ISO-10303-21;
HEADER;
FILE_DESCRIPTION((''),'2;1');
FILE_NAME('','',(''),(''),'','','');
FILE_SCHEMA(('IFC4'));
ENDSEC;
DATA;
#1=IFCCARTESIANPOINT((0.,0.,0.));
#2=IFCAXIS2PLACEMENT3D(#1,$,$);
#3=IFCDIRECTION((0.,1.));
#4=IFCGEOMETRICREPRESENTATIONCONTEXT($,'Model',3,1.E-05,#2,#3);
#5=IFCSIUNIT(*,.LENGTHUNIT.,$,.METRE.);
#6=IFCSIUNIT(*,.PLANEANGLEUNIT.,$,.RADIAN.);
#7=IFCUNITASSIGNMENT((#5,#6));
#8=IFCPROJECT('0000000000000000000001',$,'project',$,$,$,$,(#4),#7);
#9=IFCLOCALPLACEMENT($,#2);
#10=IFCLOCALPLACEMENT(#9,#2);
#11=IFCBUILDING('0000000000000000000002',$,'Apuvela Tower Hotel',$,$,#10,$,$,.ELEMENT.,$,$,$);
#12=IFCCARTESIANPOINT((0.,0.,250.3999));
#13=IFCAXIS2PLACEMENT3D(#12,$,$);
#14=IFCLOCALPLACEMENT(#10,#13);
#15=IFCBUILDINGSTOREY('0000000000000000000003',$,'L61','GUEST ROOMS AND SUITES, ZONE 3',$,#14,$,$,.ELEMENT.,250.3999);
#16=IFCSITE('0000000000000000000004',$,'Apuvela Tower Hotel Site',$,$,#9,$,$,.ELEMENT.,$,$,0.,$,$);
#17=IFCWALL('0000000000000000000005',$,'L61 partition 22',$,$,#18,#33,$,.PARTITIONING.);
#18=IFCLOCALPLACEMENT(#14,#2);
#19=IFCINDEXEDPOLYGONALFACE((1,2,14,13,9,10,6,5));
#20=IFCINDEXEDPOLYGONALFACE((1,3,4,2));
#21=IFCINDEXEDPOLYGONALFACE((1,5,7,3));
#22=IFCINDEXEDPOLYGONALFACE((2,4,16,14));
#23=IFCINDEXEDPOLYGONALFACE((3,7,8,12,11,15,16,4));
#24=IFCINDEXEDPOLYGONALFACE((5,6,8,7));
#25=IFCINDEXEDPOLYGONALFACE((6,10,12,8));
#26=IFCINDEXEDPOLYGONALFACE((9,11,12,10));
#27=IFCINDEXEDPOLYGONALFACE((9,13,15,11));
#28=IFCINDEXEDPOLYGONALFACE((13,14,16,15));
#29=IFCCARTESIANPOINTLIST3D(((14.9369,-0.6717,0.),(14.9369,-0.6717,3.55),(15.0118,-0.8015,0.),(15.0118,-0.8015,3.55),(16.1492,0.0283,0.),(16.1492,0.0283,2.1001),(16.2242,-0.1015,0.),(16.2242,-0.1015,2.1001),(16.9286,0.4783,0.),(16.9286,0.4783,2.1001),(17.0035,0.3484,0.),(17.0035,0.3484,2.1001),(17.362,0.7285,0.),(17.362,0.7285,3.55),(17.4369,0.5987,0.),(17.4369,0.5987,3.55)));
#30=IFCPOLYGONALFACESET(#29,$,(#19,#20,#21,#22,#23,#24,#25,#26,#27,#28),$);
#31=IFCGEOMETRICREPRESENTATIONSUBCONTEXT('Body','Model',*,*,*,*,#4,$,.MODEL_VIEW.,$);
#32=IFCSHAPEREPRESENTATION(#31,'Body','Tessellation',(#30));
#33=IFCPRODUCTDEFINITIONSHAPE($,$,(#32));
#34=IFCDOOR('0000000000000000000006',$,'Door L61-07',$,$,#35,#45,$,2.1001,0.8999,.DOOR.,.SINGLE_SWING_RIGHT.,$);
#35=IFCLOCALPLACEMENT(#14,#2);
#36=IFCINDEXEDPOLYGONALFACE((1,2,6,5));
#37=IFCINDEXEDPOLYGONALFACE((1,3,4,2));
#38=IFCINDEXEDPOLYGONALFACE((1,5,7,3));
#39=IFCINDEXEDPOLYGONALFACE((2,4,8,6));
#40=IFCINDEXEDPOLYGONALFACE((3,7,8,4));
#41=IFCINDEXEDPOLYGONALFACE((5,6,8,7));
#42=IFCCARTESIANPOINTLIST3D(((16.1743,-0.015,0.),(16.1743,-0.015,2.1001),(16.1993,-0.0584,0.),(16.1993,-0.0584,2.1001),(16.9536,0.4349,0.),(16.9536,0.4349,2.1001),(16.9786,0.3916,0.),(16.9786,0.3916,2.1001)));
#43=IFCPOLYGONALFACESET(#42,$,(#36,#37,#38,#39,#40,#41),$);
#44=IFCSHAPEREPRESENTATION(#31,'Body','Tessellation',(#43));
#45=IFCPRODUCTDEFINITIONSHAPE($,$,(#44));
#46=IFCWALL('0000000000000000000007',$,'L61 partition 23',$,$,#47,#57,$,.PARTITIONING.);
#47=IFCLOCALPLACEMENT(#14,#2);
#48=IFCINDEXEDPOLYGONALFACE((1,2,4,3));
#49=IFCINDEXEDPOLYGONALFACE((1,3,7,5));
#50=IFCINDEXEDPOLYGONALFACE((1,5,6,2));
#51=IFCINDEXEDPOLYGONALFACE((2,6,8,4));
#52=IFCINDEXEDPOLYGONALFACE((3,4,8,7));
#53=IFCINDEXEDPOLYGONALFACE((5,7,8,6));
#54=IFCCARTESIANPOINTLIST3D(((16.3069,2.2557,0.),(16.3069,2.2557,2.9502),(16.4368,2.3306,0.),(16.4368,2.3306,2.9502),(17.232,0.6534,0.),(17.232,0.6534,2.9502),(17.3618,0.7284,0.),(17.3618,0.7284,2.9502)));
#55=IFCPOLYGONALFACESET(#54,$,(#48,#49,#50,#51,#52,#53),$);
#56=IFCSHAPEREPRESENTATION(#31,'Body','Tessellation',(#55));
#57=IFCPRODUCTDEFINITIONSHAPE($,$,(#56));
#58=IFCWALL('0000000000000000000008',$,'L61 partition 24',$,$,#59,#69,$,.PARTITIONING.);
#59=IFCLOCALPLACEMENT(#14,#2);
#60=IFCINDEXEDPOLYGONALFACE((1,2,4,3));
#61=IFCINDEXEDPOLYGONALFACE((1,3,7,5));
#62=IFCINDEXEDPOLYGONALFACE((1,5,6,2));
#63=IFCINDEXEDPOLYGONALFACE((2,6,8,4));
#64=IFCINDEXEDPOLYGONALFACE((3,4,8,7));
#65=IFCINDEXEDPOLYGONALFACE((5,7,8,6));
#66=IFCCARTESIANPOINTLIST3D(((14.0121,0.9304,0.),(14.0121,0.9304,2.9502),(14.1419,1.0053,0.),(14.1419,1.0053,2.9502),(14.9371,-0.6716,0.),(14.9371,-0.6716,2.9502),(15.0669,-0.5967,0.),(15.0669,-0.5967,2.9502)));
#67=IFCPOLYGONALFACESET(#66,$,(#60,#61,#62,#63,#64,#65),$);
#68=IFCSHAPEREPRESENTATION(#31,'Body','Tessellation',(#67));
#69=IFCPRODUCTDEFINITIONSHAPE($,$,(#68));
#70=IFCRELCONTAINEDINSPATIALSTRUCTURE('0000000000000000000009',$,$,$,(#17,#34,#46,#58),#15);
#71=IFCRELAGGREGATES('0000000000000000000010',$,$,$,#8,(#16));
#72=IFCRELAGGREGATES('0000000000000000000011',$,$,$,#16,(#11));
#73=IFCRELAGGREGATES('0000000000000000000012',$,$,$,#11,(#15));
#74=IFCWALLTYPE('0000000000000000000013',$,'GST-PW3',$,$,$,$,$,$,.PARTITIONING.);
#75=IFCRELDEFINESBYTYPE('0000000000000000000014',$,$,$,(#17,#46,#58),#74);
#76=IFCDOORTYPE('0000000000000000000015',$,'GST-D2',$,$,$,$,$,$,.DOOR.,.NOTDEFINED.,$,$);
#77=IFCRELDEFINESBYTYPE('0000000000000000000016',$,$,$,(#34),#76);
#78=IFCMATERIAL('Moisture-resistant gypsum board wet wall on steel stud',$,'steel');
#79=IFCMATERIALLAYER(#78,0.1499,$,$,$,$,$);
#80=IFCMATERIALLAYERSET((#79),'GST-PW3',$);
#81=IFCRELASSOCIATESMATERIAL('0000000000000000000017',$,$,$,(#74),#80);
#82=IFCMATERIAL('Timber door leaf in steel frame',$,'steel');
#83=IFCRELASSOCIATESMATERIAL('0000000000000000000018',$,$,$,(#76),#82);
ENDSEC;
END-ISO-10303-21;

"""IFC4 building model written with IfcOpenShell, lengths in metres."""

from ifc_helpers import new_model, si_unit, direction, frame, frame_2d, origin, place, context, subcontext, project, spatial, rectangle, extrude, material, layer, layer_set, type_object, element, fill, save


model = new_model("IFC4")

# Units and contexts
model_context = context("Model", 3, precision=1e-05, world=origin(), true_north=direction((0.0, 1.0)))
body_context = subcontext(model_context, "Body", "Model", "MODEL_VIEW")
ifc_project = project(units=[si_unit("LENGTHUNIT", "METRE"), si_unit("PLANEANGLEUNIT", "RADIAN")], contexts=[model_context])

# Site, building, storey
site_placement = place(None, origin())
site = spatial("IfcSite", under=ifc_project, at=site_placement, Name="Apuvela Tower Hotel Site", CompositionType="ELEMENT", RefElevation=0.0)
building_placement = place(site_placement, origin())
building = spatial("IfcBuilding", under=site, at=building_placement, Name="Apuvela Tower Hotel", CompositionType="ELEMENT")
storey_placement = place(building_placement, frame((0.0, 0.0, 250.3999)))
storey = spatial("IfcBuildingStorey", under=building, at=storey_placement, Name="L61", Description="GUEST ROOMS AND SUITES, ZONE 3", CompositionType="ELEMENT", Elevation=250.3999)

# Wall, opening, door
ifc_material_1 = material(Name="Moisture-resistant gypsum board wet wall on steel stud", Category="steel")
ifc_layer_1 = layer(ifc_material_1, 0.1499)
ifc_layer_set_1 = layer_set([ifc_layer_1], Name="GST-PW3")
wall_type_1 = type_object("IfcWallType", Name="GST-PW3", PredefinedType="PARTITIONING", material=ifc_layer_set_1)
wall_1_placement = place(storey_placement, frame((14.9744, -0.7366, 0.0), z_axis=(0.0, 0.0, 1.0), x_axis=(0.866019, 0.500012, 0.0)))
wall_1 = element("IfcWall", 1, at=wall_1_placement, inside=storey, type_object=wall_type_1, Name="L61 partition 22", PredefinedType="PARTITIONING", context=body_context, shape_type="SweptSolid", body=[
    extrude(rectangle(XDim=2.8003, YDim=0.1499, at=frame_2d((1.4001, 0.0))), origin(), (0.0, 0.0, 1.0), 3.55),
])
opening_1_placement = place(wall_1_placement, frame((1.3999, 0.0, 0.0)))
opening_1 = element("IfcOpeningElement", 2, at=opening_1_placement, cuts=wall_1, PredefinedType="OPENING", context=body_context, shape_type="SweptSolid", body=[
    extrude(rectangle(XDim=0.8999, YDim=2.1001, at=frame_2d((0.45, 1.05))), frame((0.0, 0.085, 0.0), z_axis=(0.0, -1.0, 0.0), x_axis=(1.0, 0.0, 0.0)), (0.0, 0.0, 1.0), 0.1699),
])
ifc_material_2 = material(Name="Timber door leaf in steel frame", Category="steel")
door_type_1 = type_object("IfcDoorType", Name="GST-D2", OperationType="NOTDEFINED", PredefinedType="DOOR", material=ifc_material_2)
door_1_placement = place(opening_1_placement, origin())
door_1 = element("IfcDoor", 3, at=door_1_placement, inside=storey, type_object=door_type_1, Name="Door L61-07", OperationType="SINGLE_SWING_RIGHT", OverallHeight=2.1001, OverallWidth=0.8999, PredefinedType="DOOR", context=body_context, shape_type="SweptSolid", body=[
    extrude(rectangle(XDim=0.8999, YDim=2.1001, at=frame_2d((0.45, 1.05))), frame((0.0, 0.0249, 0.0), z_axis=(0.0, -1.0, 0.0), x_axis=(1.0, 0.0, 0.0)), (0.0, 0.0, 1.0), 0.05),
])
fill(opening_1, door_1)

# Walls
wall_2_placement = place(storey_placement, frame((17.2969, 0.6909, 0.0), z_axis=(0.0, 0.0, 1.0), x_axis=(-0.499985, 0.866034, 0.0)))
element("IfcWall", 4, at=wall_2_placement, inside=storey, type_object=wall_type_1, Name="L61 partition 23", PredefinedType="PARTITIONING", context=body_context, shape_type="SweptSolid", body=[
    extrude(rectangle(XDim=1.8501, YDim=0.1499, at=frame_2d((0.925, 0.0))), origin(), (0.0, 0.0, 1.0), 2.9502),
])
wall_3_placement = place(storey_placement, frame((15.002, -0.634, 0.0), z_axis=(0.0, 0.0, 1.0), x_axis=(-0.500042, 0.866001, 0.0)))
element("IfcWall", 5, at=wall_3_placement, inside=storey, type_object=wall_type_1, Name="L61 partition 24", PredefinedType="PARTITIONING", context=body_context, shape_type="SweptSolid", body=[
    extrude(rectangle(XDim=1.8499, YDim=0.1499, at=frame_2d((0.9248, 0.0))), origin(), (0.0, 0.0, 1.0), 2.9502),
])

save(model, "model.ifc")
